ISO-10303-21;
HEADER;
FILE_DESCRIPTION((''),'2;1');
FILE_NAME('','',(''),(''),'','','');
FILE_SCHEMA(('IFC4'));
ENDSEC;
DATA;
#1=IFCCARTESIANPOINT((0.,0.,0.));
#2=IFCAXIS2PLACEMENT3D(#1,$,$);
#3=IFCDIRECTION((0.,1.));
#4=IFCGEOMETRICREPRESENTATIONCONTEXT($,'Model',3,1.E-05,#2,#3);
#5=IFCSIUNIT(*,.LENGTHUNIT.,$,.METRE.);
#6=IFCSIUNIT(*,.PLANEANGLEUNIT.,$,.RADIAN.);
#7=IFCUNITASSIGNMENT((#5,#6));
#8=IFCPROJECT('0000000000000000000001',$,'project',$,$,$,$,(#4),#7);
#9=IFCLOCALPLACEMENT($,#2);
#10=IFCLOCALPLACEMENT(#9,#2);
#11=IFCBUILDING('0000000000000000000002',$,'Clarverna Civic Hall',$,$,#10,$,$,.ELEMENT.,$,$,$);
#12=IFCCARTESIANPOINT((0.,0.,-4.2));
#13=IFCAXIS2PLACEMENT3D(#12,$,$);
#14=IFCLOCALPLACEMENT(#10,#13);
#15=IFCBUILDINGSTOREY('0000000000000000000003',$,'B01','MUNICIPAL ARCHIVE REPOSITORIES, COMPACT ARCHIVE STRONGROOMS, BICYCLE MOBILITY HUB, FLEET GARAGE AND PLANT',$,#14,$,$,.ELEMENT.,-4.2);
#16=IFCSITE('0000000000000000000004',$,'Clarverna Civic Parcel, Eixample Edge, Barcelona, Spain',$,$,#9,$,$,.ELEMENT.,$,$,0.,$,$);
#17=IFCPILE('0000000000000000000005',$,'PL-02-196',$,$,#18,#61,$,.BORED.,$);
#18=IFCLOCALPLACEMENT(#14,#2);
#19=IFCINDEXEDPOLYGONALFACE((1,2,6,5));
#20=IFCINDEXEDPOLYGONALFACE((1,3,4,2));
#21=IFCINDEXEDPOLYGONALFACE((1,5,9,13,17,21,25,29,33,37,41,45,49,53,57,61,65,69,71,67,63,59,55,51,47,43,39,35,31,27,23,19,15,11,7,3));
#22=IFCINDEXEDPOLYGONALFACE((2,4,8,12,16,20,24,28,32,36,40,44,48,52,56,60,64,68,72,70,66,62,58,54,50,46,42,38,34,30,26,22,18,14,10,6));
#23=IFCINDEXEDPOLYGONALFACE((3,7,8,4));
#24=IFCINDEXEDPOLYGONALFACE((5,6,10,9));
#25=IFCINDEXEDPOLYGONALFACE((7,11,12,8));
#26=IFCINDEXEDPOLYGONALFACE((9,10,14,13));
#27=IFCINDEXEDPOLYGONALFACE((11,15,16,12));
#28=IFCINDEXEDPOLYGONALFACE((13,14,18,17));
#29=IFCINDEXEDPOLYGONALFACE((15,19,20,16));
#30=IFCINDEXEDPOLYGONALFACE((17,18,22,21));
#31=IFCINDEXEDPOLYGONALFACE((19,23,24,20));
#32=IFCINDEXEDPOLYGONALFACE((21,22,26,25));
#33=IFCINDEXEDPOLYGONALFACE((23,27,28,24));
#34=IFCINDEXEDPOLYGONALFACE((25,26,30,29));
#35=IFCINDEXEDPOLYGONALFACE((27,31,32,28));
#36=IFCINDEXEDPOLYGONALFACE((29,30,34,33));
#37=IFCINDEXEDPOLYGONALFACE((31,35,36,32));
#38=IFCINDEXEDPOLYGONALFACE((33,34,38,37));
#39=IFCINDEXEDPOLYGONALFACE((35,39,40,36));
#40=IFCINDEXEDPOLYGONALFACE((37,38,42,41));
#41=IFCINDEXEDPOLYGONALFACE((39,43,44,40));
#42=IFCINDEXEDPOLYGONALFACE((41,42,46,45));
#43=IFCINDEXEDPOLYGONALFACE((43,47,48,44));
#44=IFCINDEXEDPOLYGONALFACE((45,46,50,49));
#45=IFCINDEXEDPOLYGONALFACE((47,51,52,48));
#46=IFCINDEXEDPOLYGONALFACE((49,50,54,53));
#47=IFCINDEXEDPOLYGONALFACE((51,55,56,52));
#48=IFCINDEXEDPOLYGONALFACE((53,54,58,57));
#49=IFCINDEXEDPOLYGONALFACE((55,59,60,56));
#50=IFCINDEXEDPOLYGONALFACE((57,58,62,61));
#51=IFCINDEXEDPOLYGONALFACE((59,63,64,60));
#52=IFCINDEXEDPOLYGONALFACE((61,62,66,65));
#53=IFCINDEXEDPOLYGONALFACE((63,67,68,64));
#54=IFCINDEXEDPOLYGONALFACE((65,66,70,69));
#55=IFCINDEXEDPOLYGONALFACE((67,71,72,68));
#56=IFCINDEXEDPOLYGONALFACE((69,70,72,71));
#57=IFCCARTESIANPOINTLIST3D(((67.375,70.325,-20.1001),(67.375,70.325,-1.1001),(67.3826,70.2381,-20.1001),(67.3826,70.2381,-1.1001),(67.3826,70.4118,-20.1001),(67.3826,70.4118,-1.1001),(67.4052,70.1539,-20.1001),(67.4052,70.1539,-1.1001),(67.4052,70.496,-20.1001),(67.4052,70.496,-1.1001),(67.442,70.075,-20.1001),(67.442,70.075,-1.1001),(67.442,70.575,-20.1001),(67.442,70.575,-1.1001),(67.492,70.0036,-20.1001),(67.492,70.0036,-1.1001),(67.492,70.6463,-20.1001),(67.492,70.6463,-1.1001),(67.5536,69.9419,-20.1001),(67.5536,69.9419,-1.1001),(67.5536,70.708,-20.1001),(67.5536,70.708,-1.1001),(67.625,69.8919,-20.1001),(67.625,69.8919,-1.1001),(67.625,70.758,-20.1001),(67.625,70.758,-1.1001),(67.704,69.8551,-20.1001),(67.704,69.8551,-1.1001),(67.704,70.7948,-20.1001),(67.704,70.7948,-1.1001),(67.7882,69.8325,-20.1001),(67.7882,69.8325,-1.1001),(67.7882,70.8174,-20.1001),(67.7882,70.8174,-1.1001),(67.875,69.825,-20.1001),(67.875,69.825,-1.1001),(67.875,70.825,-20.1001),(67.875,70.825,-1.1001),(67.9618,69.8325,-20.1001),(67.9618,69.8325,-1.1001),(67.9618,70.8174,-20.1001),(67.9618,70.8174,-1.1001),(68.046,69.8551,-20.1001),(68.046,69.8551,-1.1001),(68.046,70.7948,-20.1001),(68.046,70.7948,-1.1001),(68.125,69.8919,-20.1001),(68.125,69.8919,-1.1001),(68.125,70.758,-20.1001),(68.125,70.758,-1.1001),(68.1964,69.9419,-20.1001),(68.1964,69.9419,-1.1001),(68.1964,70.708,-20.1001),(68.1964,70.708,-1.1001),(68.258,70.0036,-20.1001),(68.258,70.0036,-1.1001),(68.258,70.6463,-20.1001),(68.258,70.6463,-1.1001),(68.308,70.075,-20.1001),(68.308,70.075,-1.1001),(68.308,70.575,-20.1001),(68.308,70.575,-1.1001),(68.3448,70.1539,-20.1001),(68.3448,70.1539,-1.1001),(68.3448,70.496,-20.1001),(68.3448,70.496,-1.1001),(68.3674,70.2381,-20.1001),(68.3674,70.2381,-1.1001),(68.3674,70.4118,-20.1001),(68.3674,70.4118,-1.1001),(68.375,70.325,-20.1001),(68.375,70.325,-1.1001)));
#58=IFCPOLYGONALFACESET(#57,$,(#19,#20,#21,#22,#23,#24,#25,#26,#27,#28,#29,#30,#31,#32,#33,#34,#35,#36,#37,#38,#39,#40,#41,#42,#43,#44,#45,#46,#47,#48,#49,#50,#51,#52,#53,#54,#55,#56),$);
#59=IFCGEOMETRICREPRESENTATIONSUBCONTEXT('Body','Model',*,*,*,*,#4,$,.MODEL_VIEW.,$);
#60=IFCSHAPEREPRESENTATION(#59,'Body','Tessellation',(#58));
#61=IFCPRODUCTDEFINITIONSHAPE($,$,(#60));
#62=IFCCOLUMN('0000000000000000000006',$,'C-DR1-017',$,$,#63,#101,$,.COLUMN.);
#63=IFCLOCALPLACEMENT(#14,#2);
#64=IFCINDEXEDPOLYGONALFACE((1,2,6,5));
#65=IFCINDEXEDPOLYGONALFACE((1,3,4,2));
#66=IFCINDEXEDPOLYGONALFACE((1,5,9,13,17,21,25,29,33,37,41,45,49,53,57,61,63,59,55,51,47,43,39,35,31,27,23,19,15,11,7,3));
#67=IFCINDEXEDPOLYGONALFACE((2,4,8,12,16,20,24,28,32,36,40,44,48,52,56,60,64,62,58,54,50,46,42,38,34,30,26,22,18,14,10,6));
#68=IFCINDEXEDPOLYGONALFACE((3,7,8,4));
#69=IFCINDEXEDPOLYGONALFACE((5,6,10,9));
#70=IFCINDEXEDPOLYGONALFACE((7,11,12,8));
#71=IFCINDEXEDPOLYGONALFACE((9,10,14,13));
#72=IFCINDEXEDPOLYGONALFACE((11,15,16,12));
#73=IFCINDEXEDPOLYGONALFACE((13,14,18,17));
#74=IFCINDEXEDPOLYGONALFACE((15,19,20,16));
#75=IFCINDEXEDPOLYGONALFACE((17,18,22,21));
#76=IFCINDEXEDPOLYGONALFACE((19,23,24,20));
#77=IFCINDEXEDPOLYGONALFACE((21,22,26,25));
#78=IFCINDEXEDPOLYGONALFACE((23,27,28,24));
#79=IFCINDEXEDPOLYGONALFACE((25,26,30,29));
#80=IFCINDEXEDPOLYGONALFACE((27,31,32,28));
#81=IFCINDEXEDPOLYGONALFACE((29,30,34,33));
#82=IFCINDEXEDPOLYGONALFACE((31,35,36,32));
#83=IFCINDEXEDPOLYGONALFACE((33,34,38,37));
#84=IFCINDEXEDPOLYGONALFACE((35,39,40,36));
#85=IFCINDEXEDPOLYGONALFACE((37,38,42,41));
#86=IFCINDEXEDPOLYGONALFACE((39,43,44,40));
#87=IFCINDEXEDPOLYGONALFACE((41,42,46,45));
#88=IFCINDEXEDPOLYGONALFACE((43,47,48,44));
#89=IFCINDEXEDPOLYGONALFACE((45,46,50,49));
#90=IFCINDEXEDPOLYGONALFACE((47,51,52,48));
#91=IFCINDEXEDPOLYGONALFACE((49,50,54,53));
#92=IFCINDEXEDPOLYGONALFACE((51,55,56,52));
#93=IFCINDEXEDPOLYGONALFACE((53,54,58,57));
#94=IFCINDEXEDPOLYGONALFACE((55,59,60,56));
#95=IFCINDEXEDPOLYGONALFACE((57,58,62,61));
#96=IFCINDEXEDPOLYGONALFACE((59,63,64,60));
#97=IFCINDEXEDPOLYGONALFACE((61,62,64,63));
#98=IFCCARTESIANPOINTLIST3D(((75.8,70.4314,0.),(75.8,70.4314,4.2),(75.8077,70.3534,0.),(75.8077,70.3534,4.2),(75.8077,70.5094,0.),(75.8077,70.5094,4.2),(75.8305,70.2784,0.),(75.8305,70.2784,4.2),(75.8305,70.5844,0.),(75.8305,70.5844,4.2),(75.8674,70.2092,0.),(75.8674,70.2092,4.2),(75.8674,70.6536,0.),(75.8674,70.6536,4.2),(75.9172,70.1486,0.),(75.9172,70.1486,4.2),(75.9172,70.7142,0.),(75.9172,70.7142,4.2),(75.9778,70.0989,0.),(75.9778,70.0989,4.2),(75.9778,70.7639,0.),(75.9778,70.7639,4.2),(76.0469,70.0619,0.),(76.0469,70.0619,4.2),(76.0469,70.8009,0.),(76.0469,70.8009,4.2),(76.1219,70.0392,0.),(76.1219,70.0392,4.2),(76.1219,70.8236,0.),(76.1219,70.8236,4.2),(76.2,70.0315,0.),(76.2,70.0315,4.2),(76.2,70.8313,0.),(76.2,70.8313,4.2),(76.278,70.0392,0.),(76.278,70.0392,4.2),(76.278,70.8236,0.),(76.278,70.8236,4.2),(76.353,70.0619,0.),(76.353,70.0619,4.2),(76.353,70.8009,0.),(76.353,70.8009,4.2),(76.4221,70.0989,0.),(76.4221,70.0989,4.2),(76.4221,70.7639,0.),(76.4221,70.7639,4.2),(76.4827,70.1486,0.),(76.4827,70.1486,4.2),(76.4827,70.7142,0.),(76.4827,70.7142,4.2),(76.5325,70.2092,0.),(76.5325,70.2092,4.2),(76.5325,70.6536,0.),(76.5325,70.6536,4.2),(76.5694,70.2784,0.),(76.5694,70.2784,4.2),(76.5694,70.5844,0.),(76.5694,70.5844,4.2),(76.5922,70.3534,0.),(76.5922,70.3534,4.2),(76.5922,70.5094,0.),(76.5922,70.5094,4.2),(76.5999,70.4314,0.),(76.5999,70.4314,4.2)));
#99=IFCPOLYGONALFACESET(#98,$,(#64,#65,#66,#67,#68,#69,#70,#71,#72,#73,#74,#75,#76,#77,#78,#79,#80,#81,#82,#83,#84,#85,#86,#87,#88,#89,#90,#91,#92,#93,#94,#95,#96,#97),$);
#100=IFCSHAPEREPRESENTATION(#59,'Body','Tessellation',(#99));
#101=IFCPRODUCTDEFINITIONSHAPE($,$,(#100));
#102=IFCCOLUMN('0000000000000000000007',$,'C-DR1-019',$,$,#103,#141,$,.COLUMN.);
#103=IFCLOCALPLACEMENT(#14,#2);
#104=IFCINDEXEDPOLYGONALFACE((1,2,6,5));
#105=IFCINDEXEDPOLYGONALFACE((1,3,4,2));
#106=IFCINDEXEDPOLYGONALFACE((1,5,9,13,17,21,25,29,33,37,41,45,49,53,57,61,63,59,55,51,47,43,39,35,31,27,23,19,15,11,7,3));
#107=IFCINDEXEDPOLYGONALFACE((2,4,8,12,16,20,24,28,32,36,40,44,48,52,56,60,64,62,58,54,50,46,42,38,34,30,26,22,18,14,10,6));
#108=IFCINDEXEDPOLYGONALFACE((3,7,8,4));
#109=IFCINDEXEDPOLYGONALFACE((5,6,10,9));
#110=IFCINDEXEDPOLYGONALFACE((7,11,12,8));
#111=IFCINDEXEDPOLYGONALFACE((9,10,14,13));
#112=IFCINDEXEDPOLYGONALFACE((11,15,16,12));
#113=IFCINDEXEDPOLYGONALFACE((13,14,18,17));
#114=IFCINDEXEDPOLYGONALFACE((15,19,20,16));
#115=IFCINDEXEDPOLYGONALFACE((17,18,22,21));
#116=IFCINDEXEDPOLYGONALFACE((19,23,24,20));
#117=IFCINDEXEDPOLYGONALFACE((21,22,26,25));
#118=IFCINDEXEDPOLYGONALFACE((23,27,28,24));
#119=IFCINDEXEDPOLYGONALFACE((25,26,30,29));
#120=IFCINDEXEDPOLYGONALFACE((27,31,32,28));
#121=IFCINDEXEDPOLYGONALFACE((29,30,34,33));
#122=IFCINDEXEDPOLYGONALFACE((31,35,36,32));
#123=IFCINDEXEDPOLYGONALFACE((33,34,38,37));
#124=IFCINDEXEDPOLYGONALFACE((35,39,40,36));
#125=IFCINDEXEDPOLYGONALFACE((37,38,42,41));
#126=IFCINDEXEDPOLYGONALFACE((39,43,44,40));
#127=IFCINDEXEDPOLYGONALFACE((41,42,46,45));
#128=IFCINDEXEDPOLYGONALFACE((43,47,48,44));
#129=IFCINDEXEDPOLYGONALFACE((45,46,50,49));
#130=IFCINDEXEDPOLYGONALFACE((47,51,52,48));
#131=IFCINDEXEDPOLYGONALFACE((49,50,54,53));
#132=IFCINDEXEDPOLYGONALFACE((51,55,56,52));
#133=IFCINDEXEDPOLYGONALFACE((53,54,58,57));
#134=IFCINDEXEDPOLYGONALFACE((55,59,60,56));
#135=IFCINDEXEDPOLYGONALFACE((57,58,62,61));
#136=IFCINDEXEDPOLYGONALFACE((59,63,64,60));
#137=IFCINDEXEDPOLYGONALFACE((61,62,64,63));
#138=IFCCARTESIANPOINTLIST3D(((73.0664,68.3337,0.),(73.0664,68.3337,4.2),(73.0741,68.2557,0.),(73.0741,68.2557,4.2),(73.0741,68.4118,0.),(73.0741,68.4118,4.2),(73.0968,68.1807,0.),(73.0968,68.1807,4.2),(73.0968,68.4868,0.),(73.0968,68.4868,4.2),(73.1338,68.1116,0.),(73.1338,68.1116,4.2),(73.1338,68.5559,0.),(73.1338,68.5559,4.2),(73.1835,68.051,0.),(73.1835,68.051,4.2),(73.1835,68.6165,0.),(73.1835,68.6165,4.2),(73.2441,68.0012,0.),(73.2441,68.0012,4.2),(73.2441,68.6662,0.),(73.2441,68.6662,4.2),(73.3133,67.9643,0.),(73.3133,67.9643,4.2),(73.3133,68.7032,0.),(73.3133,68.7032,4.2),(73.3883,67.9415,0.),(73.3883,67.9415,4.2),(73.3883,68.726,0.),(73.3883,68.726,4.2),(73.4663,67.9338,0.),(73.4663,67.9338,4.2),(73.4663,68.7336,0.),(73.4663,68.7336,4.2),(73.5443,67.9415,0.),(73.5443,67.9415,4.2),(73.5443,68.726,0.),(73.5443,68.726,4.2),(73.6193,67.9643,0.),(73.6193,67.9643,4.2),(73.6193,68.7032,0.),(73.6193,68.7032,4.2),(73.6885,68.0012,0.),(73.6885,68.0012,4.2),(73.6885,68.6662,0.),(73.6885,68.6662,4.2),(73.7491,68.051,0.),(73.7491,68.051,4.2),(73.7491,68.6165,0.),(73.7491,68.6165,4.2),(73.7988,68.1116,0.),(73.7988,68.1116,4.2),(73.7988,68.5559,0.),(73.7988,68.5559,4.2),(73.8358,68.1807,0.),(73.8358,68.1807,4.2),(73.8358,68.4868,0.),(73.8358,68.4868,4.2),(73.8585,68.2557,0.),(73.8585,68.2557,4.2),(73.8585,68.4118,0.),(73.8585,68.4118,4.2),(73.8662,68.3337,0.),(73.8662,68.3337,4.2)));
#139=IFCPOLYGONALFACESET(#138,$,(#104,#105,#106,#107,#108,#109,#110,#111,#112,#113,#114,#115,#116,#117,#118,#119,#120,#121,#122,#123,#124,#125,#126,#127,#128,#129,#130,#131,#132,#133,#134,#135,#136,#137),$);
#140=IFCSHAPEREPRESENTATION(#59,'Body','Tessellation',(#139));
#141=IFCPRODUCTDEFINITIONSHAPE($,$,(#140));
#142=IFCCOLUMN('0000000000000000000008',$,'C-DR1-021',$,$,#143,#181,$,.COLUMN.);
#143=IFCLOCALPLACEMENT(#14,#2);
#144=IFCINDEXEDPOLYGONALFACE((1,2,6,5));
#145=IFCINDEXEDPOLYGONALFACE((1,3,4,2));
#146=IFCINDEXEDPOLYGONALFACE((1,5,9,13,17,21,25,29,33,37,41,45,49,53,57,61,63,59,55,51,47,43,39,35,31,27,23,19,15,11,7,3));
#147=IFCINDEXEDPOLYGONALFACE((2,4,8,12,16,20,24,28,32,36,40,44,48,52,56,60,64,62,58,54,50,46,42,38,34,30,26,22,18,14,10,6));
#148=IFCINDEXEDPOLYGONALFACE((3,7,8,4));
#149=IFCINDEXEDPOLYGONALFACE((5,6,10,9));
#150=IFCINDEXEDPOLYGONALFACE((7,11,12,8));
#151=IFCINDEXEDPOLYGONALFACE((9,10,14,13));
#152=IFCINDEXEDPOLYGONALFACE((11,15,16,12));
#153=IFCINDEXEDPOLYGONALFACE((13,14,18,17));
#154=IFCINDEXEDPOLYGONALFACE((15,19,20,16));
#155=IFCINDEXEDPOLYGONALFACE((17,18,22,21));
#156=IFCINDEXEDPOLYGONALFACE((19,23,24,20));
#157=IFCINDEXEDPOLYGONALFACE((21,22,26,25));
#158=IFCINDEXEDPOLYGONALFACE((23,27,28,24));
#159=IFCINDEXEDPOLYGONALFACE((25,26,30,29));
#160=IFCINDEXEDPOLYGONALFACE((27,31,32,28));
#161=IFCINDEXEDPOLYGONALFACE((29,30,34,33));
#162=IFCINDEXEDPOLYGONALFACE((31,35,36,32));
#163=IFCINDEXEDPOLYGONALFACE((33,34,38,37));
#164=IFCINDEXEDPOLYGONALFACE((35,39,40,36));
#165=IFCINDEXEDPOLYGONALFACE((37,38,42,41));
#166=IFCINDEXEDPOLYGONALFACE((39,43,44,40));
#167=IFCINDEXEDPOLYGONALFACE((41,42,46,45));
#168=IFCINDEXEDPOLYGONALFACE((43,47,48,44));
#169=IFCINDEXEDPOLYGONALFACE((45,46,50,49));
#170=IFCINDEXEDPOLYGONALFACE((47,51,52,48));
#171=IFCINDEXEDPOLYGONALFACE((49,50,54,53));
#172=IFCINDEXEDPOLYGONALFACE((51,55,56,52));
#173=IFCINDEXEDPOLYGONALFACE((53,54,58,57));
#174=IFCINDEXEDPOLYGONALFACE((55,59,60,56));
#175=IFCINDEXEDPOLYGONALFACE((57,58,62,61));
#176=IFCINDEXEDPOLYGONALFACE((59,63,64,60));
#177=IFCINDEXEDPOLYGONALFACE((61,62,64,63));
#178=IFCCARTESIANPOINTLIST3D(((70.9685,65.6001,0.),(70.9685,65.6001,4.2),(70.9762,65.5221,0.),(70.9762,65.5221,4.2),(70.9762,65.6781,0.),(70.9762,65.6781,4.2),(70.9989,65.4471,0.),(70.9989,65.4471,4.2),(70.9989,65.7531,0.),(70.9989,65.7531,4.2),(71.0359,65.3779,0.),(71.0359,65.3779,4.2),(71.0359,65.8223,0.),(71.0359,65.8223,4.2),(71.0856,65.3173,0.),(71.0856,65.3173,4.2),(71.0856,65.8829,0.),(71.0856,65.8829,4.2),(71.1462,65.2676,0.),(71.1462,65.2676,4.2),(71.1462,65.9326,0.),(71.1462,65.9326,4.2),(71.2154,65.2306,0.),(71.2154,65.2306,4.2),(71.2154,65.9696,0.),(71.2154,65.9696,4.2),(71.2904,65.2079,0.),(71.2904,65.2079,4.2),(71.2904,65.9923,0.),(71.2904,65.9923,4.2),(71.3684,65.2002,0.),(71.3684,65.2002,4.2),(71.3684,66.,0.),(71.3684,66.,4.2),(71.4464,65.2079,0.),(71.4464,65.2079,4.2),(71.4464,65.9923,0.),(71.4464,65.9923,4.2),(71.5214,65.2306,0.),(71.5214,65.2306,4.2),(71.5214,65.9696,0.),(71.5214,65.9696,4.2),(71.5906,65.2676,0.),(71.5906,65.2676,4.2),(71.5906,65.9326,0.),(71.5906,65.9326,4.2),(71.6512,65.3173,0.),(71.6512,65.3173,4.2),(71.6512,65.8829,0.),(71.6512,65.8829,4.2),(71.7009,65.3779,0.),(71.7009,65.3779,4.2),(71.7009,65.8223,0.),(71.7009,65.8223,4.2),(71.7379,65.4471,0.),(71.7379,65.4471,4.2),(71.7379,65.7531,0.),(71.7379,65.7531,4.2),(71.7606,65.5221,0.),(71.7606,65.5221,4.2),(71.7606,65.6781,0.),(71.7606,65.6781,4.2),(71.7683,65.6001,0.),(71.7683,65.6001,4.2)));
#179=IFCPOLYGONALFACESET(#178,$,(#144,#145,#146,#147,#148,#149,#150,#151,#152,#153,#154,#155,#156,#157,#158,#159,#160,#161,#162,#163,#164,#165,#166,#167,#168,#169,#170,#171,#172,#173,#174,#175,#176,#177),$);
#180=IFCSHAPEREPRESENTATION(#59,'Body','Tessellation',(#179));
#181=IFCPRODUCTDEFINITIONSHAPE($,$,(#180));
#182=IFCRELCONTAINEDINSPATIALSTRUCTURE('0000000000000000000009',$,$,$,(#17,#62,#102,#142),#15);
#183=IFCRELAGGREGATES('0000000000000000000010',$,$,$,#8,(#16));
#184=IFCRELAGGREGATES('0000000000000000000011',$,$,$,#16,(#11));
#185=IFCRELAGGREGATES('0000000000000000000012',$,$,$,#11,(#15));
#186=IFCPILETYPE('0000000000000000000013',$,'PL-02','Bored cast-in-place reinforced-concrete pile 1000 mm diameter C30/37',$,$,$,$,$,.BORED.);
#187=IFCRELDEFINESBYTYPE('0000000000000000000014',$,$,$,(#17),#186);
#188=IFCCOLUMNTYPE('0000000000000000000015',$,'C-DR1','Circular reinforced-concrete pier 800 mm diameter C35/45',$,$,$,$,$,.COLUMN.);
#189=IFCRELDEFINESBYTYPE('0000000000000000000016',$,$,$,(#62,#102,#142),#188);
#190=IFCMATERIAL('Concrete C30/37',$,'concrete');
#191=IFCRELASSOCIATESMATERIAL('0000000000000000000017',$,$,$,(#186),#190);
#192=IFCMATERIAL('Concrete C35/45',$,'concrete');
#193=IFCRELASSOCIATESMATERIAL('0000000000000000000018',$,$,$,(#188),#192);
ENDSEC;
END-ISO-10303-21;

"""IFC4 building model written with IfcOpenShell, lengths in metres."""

from ifc_helpers import new_model, si_unit, direction, frame, origin, origin_2d, place, context, subcontext, project, spatial, circle, extrude, material, material_profile, profile_set, type_object, element, save


model = new_model("IFC4")

# Units and contexts
model_context = context("Model", 3, precision=1e-05, world=origin(), true_north=direction((0.0, 1.0)))
body_context = subcontext(model_context, "Body", "Model", "MODEL_VIEW")
ifc_project = project(units=[si_unit("LENGTHUNIT", "METRE"), si_unit("PLANEANGLEUNIT", "RADIAN")], contexts=[model_context])

# Site, building, storey
site_placement = place(None, origin())
site = spatial("IfcSite", under=ifc_project, at=site_placement, Name="Clarverna Civic Parcel, Eixample Edge, Barcelona, Spain", CompositionType="ELEMENT", RefElevation=0.0)
building_placement = place(site_placement, origin())
building = spatial("IfcBuilding", under=site, at=building_placement, Name="Clarverna Civic Hall", CompositionType="ELEMENT")
storey_placement = place(building_placement, frame((0.0, 0.0, -4.2)))
storey = spatial("IfcBuildingStorey", under=building, at=storey_placement, Name="B01", Description="MUNICIPAL ARCHIVE REPOSITORIES, COMPACT ARCHIVE STRONGROOMS, BICYCLE MOBILITY HUB, FLEET GARAGE AND PLANT", CompositionType="ELEMENT", Elevation=-4.2)

# Shared definitions
ifc_material_1 = material(Name="Concrete C30/37", Category="concrete")

# Pile
ifc_material_profile_1 = material_profile(ifc_material_1, circle(Radius=0.5, at=origin_2d()), Name="BORED PILE D1000")
ifc_profile_set_1 = profile_set([ifc_material_profile_1], Name="Concrete C30/37")
pile_type_1 = type_object("IfcPileType", Name="PL-02", Description="Bored cast-in-place reinforced-concrete pile 1000 mm diameter C30/37", PredefinedType="BORED", material=ifc_profile_set_1)
pile_placement = place(storey_placement, frame((67.875, 70.325, -1.1001), z_axis=(0.0, 0.0, -1.0), x_axis=(1.0, 0.0, 0.0)))
element("IfcPile", 1, at=pile_placement, inside=storey, type_object=pile_type_1, Name="PL-02-196", PredefinedType="BORED", context=body_context, shape_type="SweptSolid", body=[
    extrude(circle(Radius=0.5, at=origin_2d()), origin(), (0.0, 0.0, 1.0), 19.0),
])

# Columns
ifc_material_2 = material(Name="Concrete C35/45", Category="concrete")
ifc_material_profile_2 = material_profile(ifc_material_2, circle(Radius=0.3999, at=origin_2d()), Name="RC D800")
ifc_profile_set_2 = profile_set([ifc_material_profile_2], Name="Concrete C35/45")
column_type_1 = type_object("IfcColumnType", Name="C-DR1", Description="Circular reinforced-concrete pier 800 mm diameter C35/45", PredefinedType="COLUMN", material=ifc_profile_set_2)
for number, where, z_axis, x_axis, name in (
    (2, (76.2, 70.4314, 0.0), (0.0, 0.0, 1.0), (1.0, 0.0, 0.0), "C-DR1-017"),
    (3, (73.4663, 68.3337, 0.0), (0.0, 0.0, 1.0), (1.0, 0.0, 0.0), "C-DR1-019"),
    (4, (71.3684, 65.6001, 0.0), (0.0, 0.0, 1.0), (1.0, 0.0, 0.0), "C-DR1-021"),
):
    element("IfcColumn", number, at=place(storey_placement, frame(where, z_axis=z_axis, x_axis=x_axis)), inside=storey, type_object=column_type_1, Name=name, PredefinedType="COLUMN", context=body_context, shape_type="SweptSolid", body=[
        extrude(circle(Radius=0.3999, at=origin_2d()), origin(), (0.0, 0.0, 1.0), 4.2),
    ])

save(model, "model.ifc")
